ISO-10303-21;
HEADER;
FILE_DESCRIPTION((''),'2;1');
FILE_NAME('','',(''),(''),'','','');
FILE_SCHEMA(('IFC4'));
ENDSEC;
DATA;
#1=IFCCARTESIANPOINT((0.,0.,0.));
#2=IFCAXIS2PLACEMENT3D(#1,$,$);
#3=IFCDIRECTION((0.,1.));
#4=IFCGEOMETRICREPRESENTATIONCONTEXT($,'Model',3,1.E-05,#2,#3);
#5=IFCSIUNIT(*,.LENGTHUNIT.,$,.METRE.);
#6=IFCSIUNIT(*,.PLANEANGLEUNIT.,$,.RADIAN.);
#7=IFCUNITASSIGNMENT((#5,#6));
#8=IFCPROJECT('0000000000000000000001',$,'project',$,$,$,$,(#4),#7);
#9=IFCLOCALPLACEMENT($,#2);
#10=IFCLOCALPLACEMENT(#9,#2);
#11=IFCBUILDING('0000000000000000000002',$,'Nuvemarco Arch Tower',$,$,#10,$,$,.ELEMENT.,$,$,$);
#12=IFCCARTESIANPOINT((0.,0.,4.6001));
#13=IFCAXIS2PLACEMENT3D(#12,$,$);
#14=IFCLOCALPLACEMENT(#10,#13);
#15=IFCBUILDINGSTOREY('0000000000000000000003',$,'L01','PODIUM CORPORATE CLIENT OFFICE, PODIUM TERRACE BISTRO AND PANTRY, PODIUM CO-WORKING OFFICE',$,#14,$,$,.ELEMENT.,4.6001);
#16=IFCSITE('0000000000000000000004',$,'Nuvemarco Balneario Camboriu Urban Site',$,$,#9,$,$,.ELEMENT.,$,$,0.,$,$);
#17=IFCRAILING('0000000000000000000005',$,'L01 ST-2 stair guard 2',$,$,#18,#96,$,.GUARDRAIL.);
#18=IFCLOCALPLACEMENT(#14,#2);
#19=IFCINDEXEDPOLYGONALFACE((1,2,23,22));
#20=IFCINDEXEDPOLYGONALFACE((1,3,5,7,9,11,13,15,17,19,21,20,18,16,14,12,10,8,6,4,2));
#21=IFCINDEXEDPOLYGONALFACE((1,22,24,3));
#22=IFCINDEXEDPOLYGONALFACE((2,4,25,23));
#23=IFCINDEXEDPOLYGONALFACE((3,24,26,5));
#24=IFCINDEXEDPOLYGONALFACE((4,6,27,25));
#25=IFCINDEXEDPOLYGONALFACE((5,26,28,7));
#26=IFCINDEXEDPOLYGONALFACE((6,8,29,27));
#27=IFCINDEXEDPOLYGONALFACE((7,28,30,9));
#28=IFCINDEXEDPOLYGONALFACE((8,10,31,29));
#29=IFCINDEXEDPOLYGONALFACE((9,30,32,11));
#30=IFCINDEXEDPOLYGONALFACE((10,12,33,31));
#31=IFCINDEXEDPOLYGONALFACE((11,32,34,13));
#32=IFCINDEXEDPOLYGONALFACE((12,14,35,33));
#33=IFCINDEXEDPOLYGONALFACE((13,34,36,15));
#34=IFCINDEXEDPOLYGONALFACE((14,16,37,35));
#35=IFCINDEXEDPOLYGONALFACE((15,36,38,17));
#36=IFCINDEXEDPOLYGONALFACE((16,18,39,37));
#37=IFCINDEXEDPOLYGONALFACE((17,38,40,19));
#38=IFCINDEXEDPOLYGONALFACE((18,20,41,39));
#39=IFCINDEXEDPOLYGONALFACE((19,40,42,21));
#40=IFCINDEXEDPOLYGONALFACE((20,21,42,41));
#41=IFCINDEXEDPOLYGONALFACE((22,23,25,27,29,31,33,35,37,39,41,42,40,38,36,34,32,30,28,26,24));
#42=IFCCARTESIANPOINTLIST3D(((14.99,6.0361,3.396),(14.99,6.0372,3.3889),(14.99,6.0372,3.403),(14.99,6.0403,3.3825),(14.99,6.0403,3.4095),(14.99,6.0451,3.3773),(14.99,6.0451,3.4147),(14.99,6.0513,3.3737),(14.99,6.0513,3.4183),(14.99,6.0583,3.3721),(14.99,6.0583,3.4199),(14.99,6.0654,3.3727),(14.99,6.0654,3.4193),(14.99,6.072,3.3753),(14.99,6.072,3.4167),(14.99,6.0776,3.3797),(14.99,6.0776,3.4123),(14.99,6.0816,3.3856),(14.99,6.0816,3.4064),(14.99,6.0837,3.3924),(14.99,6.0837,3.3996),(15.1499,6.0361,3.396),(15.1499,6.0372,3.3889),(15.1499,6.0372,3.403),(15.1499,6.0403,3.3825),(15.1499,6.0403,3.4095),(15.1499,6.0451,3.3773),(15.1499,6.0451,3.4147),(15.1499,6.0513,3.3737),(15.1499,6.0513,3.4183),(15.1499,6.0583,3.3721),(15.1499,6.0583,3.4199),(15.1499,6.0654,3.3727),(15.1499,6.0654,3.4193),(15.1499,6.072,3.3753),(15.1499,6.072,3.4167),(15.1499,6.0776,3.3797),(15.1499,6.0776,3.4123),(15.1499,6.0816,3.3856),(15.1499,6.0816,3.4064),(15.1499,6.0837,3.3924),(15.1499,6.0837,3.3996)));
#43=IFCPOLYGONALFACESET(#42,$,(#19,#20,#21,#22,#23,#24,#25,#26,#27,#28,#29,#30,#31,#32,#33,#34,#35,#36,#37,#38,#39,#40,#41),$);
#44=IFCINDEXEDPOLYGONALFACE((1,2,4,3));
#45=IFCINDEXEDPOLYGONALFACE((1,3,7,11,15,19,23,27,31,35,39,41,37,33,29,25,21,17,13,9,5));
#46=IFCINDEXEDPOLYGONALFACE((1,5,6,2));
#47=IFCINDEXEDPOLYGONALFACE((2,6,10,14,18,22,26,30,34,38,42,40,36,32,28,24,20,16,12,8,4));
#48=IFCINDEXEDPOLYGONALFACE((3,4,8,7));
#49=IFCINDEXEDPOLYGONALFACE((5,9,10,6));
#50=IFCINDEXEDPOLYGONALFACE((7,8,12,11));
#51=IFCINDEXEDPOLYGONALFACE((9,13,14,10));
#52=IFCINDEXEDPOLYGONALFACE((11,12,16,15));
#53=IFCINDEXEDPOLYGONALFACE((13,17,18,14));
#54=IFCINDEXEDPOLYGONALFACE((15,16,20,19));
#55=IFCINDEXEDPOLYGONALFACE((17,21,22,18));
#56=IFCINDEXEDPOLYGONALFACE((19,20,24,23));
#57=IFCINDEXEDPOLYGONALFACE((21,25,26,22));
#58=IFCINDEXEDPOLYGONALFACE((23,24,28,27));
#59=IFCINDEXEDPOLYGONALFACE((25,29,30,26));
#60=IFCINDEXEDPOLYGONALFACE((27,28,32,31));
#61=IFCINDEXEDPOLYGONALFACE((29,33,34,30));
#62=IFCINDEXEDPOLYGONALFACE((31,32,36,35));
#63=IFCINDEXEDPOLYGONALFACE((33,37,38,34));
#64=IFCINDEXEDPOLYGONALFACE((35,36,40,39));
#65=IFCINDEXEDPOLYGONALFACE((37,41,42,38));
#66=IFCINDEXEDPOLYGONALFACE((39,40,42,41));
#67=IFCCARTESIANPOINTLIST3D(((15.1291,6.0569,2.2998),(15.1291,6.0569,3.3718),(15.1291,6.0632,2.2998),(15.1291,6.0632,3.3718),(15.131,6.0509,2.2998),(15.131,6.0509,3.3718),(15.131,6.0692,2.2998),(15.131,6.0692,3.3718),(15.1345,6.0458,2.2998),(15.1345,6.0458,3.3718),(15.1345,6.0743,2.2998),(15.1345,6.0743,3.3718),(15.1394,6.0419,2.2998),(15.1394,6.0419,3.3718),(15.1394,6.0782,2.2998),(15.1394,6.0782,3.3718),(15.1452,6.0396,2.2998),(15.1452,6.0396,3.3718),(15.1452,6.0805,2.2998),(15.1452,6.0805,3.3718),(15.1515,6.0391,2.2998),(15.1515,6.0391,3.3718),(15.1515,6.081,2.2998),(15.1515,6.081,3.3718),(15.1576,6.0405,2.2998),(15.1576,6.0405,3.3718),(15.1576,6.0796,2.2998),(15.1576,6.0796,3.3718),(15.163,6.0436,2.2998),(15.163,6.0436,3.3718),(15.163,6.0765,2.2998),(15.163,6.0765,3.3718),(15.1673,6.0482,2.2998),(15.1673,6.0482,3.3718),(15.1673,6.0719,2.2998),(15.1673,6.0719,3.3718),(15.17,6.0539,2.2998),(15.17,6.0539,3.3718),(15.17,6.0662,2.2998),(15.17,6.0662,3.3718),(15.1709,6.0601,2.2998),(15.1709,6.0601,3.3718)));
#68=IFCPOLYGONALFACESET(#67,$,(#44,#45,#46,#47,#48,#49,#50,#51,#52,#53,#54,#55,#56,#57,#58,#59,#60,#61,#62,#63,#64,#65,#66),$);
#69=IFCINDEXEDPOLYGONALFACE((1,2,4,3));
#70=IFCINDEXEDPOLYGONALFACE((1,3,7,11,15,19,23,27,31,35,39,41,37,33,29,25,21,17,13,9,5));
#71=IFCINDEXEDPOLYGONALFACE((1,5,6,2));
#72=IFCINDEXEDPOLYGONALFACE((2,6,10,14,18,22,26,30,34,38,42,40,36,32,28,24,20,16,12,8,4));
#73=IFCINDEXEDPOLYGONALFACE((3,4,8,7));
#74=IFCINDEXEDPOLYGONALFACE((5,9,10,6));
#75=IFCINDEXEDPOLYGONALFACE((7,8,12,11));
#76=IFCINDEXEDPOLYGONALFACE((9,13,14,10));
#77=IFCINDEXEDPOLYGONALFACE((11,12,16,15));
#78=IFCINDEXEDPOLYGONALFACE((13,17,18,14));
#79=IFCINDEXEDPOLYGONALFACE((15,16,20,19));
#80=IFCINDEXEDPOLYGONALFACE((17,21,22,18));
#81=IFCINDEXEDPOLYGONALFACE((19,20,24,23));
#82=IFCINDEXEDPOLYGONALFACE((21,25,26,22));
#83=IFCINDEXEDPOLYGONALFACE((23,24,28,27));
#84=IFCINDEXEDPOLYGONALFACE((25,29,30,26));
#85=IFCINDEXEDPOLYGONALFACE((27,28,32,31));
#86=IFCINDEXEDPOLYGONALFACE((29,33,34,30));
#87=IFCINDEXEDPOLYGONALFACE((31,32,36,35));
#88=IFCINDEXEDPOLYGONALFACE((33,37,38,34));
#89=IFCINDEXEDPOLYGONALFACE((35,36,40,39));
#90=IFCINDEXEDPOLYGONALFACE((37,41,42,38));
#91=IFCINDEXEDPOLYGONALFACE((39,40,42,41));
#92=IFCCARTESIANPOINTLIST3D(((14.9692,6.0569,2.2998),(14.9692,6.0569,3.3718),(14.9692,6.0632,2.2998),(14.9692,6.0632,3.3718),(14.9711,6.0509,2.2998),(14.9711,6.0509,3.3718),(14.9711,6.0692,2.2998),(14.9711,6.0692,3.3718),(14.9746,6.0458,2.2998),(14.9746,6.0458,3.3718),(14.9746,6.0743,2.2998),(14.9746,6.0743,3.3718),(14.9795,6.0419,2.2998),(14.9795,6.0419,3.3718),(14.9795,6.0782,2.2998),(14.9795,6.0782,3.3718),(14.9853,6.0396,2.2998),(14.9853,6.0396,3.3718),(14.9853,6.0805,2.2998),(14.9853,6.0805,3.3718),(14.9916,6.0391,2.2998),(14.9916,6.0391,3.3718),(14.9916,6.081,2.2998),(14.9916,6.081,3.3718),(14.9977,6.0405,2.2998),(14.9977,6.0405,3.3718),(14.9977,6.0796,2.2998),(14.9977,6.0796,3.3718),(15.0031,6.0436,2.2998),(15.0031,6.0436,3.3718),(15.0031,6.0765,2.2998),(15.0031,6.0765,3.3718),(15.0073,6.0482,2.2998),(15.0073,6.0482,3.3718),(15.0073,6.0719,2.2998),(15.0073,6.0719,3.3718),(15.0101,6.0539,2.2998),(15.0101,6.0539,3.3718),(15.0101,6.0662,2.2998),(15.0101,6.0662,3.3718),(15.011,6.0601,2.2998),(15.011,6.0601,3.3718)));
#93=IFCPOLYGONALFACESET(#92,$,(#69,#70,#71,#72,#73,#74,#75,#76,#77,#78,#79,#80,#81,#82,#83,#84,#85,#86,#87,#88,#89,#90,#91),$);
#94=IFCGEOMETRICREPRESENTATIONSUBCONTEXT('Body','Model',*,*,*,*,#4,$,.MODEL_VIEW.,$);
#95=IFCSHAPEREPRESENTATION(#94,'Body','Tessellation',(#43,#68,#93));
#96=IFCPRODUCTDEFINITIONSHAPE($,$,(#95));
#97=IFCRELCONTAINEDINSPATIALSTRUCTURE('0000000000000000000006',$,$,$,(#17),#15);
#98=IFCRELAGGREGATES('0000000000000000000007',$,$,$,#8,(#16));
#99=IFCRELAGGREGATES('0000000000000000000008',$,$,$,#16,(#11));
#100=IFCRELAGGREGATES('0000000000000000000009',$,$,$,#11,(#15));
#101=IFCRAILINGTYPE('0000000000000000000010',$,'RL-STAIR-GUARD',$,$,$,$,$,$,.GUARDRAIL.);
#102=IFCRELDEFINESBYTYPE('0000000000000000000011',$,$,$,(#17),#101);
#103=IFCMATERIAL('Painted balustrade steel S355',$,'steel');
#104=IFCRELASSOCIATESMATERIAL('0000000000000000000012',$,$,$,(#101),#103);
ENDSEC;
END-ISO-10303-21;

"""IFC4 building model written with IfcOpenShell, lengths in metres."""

from ifc_helpers import new_model, si_unit, direction, frame, origin, origin_2d, place, context, subcontext, project, spatial, circle, extrude, material, type_object, element, save


model = new_model("IFC4")

# Units and contexts
model_context = context("Model", 3, precision=1e-05, world=origin(), true_north=direction((0.0, 1.0)))
body_context = subcontext(model_context, "Body", "Model", "MODEL_VIEW")
ifc_project = project(units=[si_unit("LENGTHUNIT", "METRE"), si_unit("PLANEANGLEUNIT", "RADIAN")], contexts=[model_context])

# Site, building, storey
site_placement = place(None, origin())
site = spatial("IfcSite", under=ifc_project, at=site_placement, Name="Nuvemarco Balneario Camboriu Urban Site", CompositionType="ELEMENT", RefElevation=0.0)
building_placement = place(site_placement, origin())
building = spatial("IfcBuilding", under=site, at=building_placement, Name="Nuvemarco Arch Tower", CompositionType="ELEMENT")
storey_placement = place(building_placement, frame((0.0, 0.0, 4.6001)))
storey = spatial("IfcBuildingStorey", under=building, at=storey_placement, Name="L01", Description="PODIUM CORPORATE CLIENT OFFICE, PODIUM TERRACE BISTRO AND PANTRY, PODIUM CO-WORKING OFFICE", CompositionType="ELEMENT", Elevation=4.6001)

# Railing
ifc_material_1 = material(Name="Painted balustrade steel S355", Category="steel")
railing_type_1 = type_object("IfcRailingType", Name="RL-STAIR-GUARD", PredefinedType="GUARDRAIL", material=ifc_material_1)
railing_1_placement = place(storey_placement, frame((15.1499, 6.0601, 2.2998)))
element("IfcRailing", 1, at=railing_1_placement, inside=storey, type_object=railing_type_1, Name="L01 ST-2 stair guard 2", PredefinedType="GUARDRAIL", context=body_context, shape_type="SweptSolid", body=[
    extrude(circle(Radius=0.0239, at=origin_2d()), frame((0.0, 0.0, 1.0962), z_axis=(-1.0, 0.0, 0.0), x_axis=(0.0, -1.0, 0.0)), (0.0, 0.0, 1.0), 0.1599),
    extrude(circle(Radius=0.021, at=origin_2d()), origin(), (0.0, 0.0, 1.0), 1.072),
    extrude(circle(Radius=0.021, at=origin_2d()), frame((-0.1599, 0.0, 0.0)), (0.0, 0.0, 1.0), 1.072),
])

save(model, "model.ifc")
